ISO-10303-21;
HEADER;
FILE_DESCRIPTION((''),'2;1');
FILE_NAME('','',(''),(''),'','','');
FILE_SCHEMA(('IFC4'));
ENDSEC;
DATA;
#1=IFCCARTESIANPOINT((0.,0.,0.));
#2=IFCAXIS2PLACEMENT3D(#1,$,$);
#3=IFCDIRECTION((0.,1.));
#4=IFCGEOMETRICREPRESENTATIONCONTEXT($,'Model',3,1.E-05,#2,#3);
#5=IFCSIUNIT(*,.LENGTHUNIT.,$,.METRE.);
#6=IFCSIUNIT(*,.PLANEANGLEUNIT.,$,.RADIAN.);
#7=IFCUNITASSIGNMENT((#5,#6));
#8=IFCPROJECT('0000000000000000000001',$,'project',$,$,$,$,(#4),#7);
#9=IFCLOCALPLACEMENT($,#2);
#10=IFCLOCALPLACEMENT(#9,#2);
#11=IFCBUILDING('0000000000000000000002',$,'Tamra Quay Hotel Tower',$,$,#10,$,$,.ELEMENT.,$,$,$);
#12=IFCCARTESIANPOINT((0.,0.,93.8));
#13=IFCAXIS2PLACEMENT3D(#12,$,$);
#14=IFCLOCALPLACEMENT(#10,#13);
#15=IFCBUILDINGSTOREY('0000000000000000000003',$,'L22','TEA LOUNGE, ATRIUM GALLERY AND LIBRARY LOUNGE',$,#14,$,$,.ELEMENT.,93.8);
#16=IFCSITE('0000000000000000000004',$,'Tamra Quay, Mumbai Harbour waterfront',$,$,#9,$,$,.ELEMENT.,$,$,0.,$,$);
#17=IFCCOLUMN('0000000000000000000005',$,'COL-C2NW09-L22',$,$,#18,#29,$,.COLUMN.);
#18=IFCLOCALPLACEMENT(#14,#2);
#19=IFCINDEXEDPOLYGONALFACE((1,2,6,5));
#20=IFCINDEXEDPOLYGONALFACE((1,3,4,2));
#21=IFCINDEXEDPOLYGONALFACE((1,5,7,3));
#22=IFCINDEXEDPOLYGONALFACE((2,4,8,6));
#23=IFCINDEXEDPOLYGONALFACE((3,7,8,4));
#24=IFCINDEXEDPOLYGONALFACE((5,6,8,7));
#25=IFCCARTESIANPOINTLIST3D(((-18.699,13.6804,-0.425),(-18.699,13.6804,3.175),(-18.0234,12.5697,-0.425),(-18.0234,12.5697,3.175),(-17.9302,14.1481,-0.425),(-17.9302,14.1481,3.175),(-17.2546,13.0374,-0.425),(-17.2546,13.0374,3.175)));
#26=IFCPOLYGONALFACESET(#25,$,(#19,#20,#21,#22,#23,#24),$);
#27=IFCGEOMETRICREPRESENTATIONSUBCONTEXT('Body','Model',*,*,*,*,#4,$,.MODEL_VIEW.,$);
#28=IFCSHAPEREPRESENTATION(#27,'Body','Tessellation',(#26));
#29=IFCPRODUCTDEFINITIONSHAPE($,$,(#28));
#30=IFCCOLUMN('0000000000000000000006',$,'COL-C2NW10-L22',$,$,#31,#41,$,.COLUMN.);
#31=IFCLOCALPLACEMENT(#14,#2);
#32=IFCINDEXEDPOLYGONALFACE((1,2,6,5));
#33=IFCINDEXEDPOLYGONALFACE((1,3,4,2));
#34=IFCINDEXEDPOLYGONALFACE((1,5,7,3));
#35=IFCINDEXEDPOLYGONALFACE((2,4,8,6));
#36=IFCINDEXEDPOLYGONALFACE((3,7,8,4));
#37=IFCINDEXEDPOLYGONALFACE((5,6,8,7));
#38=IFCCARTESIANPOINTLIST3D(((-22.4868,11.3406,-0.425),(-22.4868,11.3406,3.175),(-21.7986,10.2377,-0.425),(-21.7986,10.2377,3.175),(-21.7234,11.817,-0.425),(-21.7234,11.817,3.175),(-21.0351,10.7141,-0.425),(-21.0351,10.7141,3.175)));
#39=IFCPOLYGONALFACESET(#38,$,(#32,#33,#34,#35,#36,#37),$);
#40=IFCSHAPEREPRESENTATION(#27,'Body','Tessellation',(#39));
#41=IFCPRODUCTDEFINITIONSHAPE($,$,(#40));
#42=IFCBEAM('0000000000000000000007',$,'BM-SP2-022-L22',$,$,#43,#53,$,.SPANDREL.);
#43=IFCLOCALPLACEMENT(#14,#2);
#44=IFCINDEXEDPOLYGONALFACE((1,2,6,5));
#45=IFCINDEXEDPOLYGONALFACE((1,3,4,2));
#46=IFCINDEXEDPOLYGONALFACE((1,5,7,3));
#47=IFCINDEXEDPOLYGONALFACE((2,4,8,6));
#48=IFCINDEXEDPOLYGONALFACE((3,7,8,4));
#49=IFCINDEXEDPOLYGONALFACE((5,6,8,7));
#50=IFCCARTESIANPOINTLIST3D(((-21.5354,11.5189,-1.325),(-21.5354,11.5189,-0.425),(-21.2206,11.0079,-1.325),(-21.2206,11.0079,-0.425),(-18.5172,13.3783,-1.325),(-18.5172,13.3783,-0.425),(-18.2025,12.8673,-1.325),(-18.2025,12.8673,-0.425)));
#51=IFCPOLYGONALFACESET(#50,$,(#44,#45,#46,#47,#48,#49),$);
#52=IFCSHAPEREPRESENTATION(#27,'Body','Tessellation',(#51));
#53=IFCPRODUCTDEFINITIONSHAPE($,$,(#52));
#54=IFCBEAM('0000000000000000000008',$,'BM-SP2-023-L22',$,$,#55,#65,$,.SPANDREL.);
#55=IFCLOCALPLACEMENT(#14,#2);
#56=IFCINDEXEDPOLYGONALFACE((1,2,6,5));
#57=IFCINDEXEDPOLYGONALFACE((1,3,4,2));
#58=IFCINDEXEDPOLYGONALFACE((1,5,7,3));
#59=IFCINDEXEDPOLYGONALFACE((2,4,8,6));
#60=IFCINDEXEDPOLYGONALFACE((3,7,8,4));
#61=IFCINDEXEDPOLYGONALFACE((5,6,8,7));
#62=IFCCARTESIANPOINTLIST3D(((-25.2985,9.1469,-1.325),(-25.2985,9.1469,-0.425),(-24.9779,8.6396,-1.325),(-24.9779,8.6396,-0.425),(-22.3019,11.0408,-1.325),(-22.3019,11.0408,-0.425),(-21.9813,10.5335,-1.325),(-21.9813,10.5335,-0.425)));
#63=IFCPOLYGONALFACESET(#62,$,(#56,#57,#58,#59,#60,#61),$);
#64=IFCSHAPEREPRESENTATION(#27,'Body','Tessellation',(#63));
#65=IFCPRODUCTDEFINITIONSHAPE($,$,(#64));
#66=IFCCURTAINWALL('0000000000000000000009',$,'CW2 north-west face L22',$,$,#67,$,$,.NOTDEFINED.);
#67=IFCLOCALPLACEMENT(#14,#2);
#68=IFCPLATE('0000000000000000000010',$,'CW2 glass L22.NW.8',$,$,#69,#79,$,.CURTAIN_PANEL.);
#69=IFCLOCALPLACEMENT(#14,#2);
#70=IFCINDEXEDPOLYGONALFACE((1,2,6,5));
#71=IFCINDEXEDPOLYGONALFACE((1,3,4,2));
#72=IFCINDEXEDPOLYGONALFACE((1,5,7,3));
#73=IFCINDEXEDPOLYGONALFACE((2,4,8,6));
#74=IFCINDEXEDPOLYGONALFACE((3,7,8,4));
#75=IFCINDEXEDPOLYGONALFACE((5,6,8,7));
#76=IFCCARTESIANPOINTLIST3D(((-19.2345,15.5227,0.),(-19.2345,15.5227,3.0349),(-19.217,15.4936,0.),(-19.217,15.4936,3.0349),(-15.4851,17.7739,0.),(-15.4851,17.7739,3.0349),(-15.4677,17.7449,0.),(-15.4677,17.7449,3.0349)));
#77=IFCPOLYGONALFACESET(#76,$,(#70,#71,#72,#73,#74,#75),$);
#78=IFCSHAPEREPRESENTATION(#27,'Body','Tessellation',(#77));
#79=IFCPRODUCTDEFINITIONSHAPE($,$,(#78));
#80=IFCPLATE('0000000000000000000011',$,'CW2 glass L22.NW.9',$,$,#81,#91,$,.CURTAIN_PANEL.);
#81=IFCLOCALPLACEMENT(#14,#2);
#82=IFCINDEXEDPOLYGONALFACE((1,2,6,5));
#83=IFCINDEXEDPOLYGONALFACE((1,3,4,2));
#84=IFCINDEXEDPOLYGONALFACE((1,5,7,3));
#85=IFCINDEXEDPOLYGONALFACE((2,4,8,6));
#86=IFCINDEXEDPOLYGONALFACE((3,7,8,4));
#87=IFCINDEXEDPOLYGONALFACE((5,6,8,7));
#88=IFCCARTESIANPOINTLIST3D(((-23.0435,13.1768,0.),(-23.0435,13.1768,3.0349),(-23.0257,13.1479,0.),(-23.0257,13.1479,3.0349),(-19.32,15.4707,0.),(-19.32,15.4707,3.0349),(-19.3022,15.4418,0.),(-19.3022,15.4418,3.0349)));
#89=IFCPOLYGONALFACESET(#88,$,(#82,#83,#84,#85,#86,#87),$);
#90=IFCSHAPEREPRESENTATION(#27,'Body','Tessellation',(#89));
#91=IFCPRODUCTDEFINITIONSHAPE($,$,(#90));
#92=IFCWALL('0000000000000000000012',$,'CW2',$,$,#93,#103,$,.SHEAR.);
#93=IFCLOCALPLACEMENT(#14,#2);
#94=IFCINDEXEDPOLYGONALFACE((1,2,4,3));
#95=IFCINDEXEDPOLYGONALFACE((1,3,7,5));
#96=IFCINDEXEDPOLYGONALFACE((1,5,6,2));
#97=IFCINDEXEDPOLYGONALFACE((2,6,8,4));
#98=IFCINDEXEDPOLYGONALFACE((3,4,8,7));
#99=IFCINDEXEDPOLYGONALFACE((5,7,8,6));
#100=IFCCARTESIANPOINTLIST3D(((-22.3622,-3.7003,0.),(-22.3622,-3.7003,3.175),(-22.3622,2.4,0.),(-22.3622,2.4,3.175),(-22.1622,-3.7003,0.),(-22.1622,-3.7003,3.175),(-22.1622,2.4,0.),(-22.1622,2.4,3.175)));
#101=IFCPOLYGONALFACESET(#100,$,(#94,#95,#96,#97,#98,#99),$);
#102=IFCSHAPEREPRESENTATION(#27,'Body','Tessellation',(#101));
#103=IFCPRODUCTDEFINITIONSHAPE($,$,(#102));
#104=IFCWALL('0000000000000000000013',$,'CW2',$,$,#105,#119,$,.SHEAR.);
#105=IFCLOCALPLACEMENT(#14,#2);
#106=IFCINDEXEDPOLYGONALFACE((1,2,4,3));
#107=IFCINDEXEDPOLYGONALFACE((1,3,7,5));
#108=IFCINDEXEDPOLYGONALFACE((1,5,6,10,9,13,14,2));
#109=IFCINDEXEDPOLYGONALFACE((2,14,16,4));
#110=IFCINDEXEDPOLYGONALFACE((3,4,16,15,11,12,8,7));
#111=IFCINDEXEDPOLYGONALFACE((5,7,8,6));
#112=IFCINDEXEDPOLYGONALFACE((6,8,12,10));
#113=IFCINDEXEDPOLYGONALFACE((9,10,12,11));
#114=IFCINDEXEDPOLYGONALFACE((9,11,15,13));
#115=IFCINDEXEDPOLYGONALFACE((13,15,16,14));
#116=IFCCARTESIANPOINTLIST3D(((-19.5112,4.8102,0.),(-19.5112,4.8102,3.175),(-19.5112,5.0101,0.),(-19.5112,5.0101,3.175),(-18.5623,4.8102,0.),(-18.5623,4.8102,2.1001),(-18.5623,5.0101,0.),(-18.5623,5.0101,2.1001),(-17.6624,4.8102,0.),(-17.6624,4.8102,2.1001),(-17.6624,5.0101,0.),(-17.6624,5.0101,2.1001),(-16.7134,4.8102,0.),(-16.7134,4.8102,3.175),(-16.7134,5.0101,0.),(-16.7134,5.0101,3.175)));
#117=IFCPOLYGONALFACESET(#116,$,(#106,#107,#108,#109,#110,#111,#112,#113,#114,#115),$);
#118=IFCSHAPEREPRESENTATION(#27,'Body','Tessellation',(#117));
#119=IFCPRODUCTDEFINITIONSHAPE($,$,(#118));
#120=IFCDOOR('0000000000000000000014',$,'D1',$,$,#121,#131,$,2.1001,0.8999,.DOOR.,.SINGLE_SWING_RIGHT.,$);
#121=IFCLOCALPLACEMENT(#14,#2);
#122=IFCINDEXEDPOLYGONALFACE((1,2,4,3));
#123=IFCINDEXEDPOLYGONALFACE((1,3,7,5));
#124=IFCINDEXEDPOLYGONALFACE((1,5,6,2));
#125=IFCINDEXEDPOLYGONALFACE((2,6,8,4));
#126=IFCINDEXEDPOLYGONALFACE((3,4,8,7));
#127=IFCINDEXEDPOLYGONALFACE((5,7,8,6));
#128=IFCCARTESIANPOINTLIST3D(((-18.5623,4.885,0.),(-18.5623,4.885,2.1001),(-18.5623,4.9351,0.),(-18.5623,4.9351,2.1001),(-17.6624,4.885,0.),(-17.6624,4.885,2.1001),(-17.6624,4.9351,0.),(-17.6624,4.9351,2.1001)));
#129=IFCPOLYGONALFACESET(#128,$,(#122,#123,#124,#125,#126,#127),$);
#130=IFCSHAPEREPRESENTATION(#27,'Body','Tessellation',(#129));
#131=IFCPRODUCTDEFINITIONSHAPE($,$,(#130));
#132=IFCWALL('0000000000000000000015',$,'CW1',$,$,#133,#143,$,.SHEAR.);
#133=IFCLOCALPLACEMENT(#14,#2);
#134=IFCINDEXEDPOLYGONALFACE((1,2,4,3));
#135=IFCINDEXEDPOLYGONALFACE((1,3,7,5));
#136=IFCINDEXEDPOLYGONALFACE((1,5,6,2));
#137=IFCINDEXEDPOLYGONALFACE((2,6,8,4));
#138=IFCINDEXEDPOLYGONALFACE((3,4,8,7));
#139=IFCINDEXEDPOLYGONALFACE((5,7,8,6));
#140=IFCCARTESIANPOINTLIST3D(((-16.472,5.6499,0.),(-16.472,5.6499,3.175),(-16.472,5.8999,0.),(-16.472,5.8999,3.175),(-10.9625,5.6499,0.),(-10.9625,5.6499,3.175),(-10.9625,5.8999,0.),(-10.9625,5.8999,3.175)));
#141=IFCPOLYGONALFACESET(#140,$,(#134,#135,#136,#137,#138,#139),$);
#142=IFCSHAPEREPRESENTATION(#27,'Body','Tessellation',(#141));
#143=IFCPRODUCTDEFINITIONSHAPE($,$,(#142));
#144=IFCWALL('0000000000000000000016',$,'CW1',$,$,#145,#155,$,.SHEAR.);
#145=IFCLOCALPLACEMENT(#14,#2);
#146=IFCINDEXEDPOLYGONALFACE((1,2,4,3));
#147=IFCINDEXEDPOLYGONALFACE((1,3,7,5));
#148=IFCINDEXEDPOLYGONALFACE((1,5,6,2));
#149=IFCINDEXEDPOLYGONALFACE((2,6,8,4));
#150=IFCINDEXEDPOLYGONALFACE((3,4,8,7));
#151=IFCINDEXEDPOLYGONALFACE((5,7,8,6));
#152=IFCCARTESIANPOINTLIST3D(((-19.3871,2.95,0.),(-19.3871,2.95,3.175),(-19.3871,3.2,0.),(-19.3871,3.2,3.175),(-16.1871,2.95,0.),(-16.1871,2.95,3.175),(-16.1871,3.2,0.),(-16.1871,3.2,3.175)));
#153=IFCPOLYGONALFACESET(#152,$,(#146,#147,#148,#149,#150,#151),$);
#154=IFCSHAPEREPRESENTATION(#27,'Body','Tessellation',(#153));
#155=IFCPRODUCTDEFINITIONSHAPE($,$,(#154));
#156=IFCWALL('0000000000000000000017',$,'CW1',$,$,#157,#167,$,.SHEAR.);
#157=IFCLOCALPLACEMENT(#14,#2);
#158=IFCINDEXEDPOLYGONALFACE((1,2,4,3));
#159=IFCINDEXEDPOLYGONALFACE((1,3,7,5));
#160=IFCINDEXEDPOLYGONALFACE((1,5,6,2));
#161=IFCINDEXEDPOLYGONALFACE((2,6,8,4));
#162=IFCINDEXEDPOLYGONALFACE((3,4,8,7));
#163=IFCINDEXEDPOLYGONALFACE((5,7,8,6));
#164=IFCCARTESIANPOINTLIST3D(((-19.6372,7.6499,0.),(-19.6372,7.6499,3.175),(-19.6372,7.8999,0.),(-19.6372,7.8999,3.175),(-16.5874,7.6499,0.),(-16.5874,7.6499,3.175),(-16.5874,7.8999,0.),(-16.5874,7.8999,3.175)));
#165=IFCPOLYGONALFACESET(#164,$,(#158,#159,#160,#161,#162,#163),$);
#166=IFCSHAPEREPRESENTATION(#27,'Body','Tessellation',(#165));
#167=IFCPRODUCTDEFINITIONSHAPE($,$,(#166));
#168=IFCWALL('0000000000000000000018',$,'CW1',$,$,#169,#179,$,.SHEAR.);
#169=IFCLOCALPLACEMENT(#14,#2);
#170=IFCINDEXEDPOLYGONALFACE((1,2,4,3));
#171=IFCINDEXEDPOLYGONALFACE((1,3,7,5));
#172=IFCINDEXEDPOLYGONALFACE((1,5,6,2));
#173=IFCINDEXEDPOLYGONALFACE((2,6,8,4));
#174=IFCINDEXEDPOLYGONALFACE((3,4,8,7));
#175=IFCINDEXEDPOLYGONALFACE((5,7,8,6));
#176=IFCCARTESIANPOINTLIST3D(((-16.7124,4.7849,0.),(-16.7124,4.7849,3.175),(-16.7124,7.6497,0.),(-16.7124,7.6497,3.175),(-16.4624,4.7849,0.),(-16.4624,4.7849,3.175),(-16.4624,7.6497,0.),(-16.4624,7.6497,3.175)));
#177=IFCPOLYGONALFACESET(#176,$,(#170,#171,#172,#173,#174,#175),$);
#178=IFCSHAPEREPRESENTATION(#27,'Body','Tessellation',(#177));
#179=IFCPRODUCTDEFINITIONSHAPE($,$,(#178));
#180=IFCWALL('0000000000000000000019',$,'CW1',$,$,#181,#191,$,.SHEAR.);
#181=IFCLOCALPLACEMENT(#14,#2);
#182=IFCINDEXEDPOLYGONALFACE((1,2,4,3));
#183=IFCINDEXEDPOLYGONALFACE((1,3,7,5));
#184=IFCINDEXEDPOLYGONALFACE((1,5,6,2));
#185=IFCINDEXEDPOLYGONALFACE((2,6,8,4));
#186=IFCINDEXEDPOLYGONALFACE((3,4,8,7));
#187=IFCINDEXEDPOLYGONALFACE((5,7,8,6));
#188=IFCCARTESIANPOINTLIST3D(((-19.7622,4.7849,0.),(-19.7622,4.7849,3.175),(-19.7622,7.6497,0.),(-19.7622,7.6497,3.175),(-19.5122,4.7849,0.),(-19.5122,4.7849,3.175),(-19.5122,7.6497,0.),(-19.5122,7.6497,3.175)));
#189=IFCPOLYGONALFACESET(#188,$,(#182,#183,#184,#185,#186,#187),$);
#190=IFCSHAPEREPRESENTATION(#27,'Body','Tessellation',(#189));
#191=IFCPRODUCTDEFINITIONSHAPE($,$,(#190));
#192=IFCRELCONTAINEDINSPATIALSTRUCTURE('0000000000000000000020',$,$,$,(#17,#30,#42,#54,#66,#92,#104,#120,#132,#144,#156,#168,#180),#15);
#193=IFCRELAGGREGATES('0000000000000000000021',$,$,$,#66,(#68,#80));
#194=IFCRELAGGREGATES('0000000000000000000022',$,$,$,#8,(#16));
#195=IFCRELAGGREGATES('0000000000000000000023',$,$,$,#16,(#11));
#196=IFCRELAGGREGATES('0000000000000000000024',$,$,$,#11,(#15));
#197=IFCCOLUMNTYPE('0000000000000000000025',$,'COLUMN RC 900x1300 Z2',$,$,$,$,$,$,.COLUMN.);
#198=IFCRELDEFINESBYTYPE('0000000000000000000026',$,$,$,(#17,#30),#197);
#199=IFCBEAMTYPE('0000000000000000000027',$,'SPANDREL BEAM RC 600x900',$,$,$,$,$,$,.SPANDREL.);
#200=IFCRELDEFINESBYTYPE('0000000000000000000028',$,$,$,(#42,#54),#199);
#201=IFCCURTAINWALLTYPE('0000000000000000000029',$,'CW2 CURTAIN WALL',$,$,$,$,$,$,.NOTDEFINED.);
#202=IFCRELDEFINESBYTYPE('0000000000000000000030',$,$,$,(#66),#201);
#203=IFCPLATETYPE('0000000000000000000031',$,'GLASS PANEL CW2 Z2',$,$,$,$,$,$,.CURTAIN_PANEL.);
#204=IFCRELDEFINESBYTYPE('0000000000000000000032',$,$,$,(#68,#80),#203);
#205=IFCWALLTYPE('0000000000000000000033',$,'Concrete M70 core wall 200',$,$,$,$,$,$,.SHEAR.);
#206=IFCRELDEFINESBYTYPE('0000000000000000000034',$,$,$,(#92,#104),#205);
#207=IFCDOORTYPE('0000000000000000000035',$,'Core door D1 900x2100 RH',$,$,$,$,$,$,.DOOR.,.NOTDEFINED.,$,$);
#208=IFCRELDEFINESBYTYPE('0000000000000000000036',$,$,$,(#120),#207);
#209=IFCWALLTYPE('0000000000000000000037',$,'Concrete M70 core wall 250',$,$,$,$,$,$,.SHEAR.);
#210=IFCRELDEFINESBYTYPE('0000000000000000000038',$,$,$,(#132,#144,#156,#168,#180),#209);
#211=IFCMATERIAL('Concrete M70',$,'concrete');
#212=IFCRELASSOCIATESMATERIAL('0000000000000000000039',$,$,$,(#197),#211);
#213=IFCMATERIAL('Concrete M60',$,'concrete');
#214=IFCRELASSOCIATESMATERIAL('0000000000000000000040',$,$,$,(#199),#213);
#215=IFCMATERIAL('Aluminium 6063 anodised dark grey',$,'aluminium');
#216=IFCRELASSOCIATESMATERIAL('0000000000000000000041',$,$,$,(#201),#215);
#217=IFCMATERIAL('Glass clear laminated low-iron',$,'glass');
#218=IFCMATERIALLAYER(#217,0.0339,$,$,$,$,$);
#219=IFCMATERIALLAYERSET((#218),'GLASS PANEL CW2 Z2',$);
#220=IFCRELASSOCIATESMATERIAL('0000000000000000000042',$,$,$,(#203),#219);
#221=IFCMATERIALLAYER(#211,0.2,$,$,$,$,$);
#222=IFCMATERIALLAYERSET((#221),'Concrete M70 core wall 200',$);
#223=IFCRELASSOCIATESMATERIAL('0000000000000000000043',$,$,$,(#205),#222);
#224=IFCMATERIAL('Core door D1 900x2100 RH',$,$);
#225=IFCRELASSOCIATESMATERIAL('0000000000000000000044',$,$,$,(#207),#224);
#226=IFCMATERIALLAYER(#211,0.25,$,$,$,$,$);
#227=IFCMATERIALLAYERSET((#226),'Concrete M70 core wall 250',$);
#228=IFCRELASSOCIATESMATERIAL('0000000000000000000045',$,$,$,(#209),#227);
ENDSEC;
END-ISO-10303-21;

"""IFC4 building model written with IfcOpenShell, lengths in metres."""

from ifc_helpers import new_model, si_unit, direction, frame, frame_2d, origin, origin_2d, place, context, subcontext, project, spatial, rectangle, extrude, material, layer, layer_set, material_profile, profile_set, type_object, element, fill, aggregate, save


model = new_model("IFC4")

# Units and contexts
model_context = context("Model", 3, precision=1e-05, world=origin(), true_north=direction((0.0, 1.0)))
body_context = subcontext(model_context, "Body", "Model", "MODEL_VIEW")
ifc_project = project(units=[si_unit("LENGTHUNIT", "METRE"), si_unit("PLANEANGLEUNIT", "RADIAN")], contexts=[model_context])

# Site, building, storey
site_placement = place(None, origin())
site = spatial("IfcSite", under=ifc_project, at=site_placement, Name="Tamra Quay, Mumbai Harbour waterfront", CompositionType="ELEMENT", RefElevation=0.0)
building_placement = place(site_placement, origin())
building = spatial("IfcBuilding", under=site, at=building_placement, Name="Tamra Quay Hotel Tower", CompositionType="ELEMENT")
storey_placement = place(building_placement, frame((0.0, 0.0, 93.8)))
storey = spatial("IfcBuildingStorey", under=building, at=storey_placement, Name="L22", Description="TEA LOUNGE, ATRIUM GALLERY AND LIBRARY LOUNGE", CompositionType="ELEMENT", Elevation=93.8)

# Columns
ifc_material_1 = material(Name="Concrete M70", Category="concrete")
ifc_material_profile_1 = material_profile(ifc_material_1, rectangle(XDim=1.3, YDim=0.8999, at=origin_2d()), Name="COLUMN RC 900x1300 Z2")
ifc_profile_set_1 = profile_set([ifc_material_profile_1], Name="Concrete M70")
column_type = type_object("IfcColumnType", Name="COLUMN RC 900x1300 Z2", PredefinedType="COLUMN", material=ifc_profile_set_1)
for number, where, z_axis, x_axis, name in (
    (1, (-17.9768, 13.3589, -0.425), (0.0, 0.0, 1.0), (-0.519679, 0.854362, 0.0), "COL-C2NW09-L22"),
    (2, (-21.761, 11.0273, -0.425), (0.0, 0.0, 1.0), (-0.52941, 0.848366, 0.0), "COL-C2NW10-L22"),
):
    element("IfcColumn", number, at=place(storey_placement, frame(where, z_axis=z_axis, x_axis=x_axis)), inside=storey, type_object=column_type, Name=name, PredefinedType="COLUMN", context=body_context, shape_type="SweptSolid", body=[
        extrude(rectangle(XDim=1.3, YDim=0.8999, at=origin_2d()), origin(), (0.0, 0.0, 1.0), 3.6001),
    ])

# Beams
ifc_material_2 = material(Name="Concrete M60", Category="concrete")
ifc_material_profile_2 = material_profile(ifc_material_2, rectangle(XDim=0.6001, YDim=0.8999, at=origin_2d()), Name="SPANDREL BEAM RC 600x900")
ifc_profile_set_2 = profile_set([ifc_material_profile_2], Name="Concrete M60")
beam_type = type_object("IfcBeamType", Name="SPANDREL BEAM RC 600x900", PredefinedType="SPANDREL", material=ifc_profile_set_2)
for number, where, z_axis, x_axis, name in (
    (3, (-18.3599, 13.1228, -0.875), (-0.851393, -0.524528, 0.0), (0.524528, -0.851393, 0.0), "BM-SP2-022-L22"),
    (4, (-22.1416, 10.7871, -0.875), (-0.845333, -0.534239, 0.0), (0.534239, -0.845333, 0.0), "BM-SP2-023-L22"),
):
    element("IfcBeam", number, at=place(storey_placement, frame(where, z_axis=z_axis, x_axis=x_axis)), inside=storey, type_object=beam_type, Name=name, PredefinedType="SPANDREL", context=body_context, shape_type="SweptSolid", body=[
        extrude(rectangle(XDim=0.6001, YDim=0.8999, at=origin_2d()), origin(), (0.0, 0.0, 1.0), 3.5449),
    ])

# Curtain wall, plates
ifc_material_3 = material(Name="Aluminium 6063 anodised dark grey", Category="aluminium")
curtain_wall_type = type_object("IfcCurtainWallType", Name="CW2 CURTAIN WALL", PredefinedType="NOTDEFINED", material=ifc_material_3)
curtain_wall_placement = place(storey_placement, origin())
curtain_wall = element("IfcCurtainWall", 5, at=curtain_wall_placement, inside=storey, type_object=curtain_wall_type, Name="CW2 north-west face L22", PredefinedType="NOTDEFINED")
ifc_material_4 = material(Name="Glass clear laminated low-iron", Category="glass")
ifc_layer_1 = layer(ifc_material_4, 0.0339)
ifc_layer_set_1 = layer_set([ifc_layer_1], Name="GLASS PANEL CW2 Z2")
plate_type = type_object("IfcPlateType", Name="GLASS PANEL CW2 Z2", PredefinedType="CURTAIN_PANEL", material=ifc_layer_set_1)
plate_1_placement = place(storey_placement, frame((-17.3511, 16.6338, 0.0), z_axis=(0.0, 0.0, 1.0), x_axis=(-0.857331, -0.514765, 0.0)))
plate_1 = element("IfcPlate", 6, at=plate_1_placement, type_object=plate_type, Name="CW2 glass L22.NW.8", PredefinedType="CURTAIN_PANEL", context=body_context, shape_type="SweptSolid", body=[
    extrude(rectangle(XDim=4.3733, YDim=0.0339, at=origin_2d()), origin(), (0.0, 0.0, 1.0), 3.0349),
])
plate_2_placement = place(storey_placement, frame((-21.1729, 14.3093, 0.0), z_axis=(0.0, 0.0, 1.0), x_axis=(-0.851399, -0.524518, 0.0)))
plate_2 = element("IfcPlate", 7, at=plate_2_placement, type_object=plate_type, Name="CW2 glass L22.NW.9", PredefinedType="CURTAIN_PANEL", context=body_context, shape_type="SweptSolid", body=[
    extrude(rectangle(XDim=4.3733, YDim=0.0339, at=origin_2d()), origin(), (0.0, 0.0, 1.0), 3.0349),
])
aggregate(curtain_wall, [plate_1, plate_2])

# Wall
ifc_layer_2 = layer(ifc_material_1, 0.2)
ifc_layer_set_2 = layer_set([ifc_layer_2], Name="Concrete M70 core wall 200")
wall_type_1 = type_object("IfcWallType", Name="Concrete M70 core wall 200", PredefinedType="SHEAR", material=ifc_layer_set_2)
wall_1_placement = place(storey_placement, frame((-22.2622, 2.4001, 0.0), z_axis=(0.0, 0.0, 1.0), x_axis=(0.0, -1.0, 0.0)))
element("IfcWall", 8, at=wall_1_placement, inside=storey, type_object=wall_type_1, Name="CW2", PredefinedType="SHEAR", context=body_context, shape_type="SweptSolid", body=[
    extrude(rectangle(XDim=6.1003, YDim=0.2, at=frame_2d((3.0503, 0.0))), origin(), (0.0, 0.0, 1.0), 3.175),
])

# Wall, opening, door
wall_2_placement = place(storey_placement, frame((-19.5112, 4.9102, 0.0), z_axis=(0.0, 0.0, 1.0), x_axis=(1.0, 0.0, 0.0)))
wall_2 = element("IfcWall", 9, at=wall_2_placement, inside=storey, type_object=wall_type_1, Name="CW2", PredefinedType="SHEAR", context=body_context, shape_type="SweptSolid", body=[
    extrude(rectangle(XDim=2.7979, YDim=0.2, at=frame_2d((1.3989, 0.0))), origin(), (0.0, 0.0, 1.0), 3.175),
])
opening_1_placement = place(wall_2_placement, frame((0.949, 0.0, 0.0)))
opening_1 = element("IfcOpeningElement", 10, at=opening_1_placement, cuts=wall_2, PredefinedType="OPENING", context=body_context, shape_type="SweptSolid", body=[
    extrude(rectangle(XDim=0.8999, YDim=2.1001, at=frame_2d((0.45, 1.05))), frame((0.0, 0.1099, 0.0), z_axis=(0.0, -1.0, 0.0), x_axis=(1.0, 0.0, 0.0)), (0.0, 0.0, 1.0), 0.22),
])
ifc_material_5 = material(Name="Core door D1 900x2100 RH")
door_type_1 = type_object("IfcDoorType", Name="Core door D1 900x2100 RH", OperationType="NOTDEFINED", PredefinedType="DOOR", material=ifc_material_5)
door_1_placement = place(opening_1_placement, origin())
door_1 = element("IfcDoor", 11, at=door_1_placement, inside=storey, type_object=door_type_1, Name="D1", OperationType="SINGLE_SWING_RIGHT", OverallHeight=2.1001, OverallWidth=0.8999, PredefinedType="DOOR", context=body_context, shape_type="SweptSolid", body=[
    extrude(rectangle(XDim=0.8999, YDim=2.1001, at=frame_2d((0.45, 1.05))), frame((0.0, 0.0249, 0.0), z_axis=(0.0, -1.0, 0.0), x_axis=(1.0, 0.0, 0.0)), (0.0, 0.0, 1.0), 0.05),
])
fill(opening_1, door_1)

# Walls
ifc_layer_3 = layer(ifc_material_1, 0.25)
ifc_layer_set_3 = layer_set([ifc_layer_3], Name="Concrete M70 core wall 250")
wall_type_2 = type_object("IfcWallType", Name="Concrete M70 core wall 250", PredefinedType="SHEAR", material=ifc_layer_set_3)
wall_3_placement = place(storey_placement, frame((-16.4722, 5.7749, 0.0), z_axis=(0.0, 0.0, 1.0), x_axis=(1.0, 0.0, 0.0)))
element("IfcWall", 12, at=wall_3_placement, inside=storey, type_object=wall_type_2, Name="CW1", PredefinedType="SHEAR", context=body_context, shape_type="SweptSolid", body=[
    extrude(rectangle(XDim=5.5095, YDim=0.25, at=frame_2d((2.7549, 0.0))), origin(), (0.0, 0.0, 1.0), 3.175),
])
wall_4_placement = place(storey_placement, frame((-19.3872, 3.075, 0.0), z_axis=(0.0, 0.0, 1.0), x_axis=(1.0, 0.0, 0.0)))
element("IfcWall", 13, at=wall_4_placement, inside=storey, type_object=wall_type_2, Name="CW1", PredefinedType="SHEAR", context=body_context, shape_type="SweptSolid", body=[
    extrude(rectangle(XDim=3.2, YDim=0.25, at=frame_2d((1.6001, 0.0))), origin(), (0.0, 0.0, 1.0), 3.175),
])
wall_5_placement = place(storey_placement, frame((-19.6372, 7.7749, 0.0), z_axis=(0.0, 0.0, 1.0), x_axis=(1.0, 0.0, 0.0)))
element("IfcWall", 14, at=wall_5_placement, inside=storey, type_object=wall_type_2, Name="CW1", PredefinedType="SHEAR", context=body_context, shape_type="SweptSolid", body=[
    extrude(rectangle(XDim=3.0498, YDim=0.25, at=frame_2d((1.5249, 0.0))), origin(), (0.0, 0.0, 1.0), 3.175),
])
for number, where, z_axis, x_axis, name in (
    (15, (-16.5874, 7.6497, 0.0), (0.0, 0.0, 1.0), (0.0, -1.0, 0.0), "CW1"),
    (16, (-19.6372, 4.7849, 0.0), (0.0, 0.0, 1.0), (0.0, 1.0, 0.0), "CW1"),
):
    element("IfcWall", number, at=place(storey_placement, frame(where, z_axis=z_axis, x_axis=x_axis)), inside=storey, type_object=wall_type_2, Name=name, PredefinedType="SHEAR", context=body_context, shape_type="SweptSolid", body=[
        extrude(rectangle(XDim=2.8647, YDim=0.25, at=frame_2d((1.4324, 0.0))), origin(), (0.0, 0.0, 1.0), 3.175),
    ])

save(model, "model.ifc")
